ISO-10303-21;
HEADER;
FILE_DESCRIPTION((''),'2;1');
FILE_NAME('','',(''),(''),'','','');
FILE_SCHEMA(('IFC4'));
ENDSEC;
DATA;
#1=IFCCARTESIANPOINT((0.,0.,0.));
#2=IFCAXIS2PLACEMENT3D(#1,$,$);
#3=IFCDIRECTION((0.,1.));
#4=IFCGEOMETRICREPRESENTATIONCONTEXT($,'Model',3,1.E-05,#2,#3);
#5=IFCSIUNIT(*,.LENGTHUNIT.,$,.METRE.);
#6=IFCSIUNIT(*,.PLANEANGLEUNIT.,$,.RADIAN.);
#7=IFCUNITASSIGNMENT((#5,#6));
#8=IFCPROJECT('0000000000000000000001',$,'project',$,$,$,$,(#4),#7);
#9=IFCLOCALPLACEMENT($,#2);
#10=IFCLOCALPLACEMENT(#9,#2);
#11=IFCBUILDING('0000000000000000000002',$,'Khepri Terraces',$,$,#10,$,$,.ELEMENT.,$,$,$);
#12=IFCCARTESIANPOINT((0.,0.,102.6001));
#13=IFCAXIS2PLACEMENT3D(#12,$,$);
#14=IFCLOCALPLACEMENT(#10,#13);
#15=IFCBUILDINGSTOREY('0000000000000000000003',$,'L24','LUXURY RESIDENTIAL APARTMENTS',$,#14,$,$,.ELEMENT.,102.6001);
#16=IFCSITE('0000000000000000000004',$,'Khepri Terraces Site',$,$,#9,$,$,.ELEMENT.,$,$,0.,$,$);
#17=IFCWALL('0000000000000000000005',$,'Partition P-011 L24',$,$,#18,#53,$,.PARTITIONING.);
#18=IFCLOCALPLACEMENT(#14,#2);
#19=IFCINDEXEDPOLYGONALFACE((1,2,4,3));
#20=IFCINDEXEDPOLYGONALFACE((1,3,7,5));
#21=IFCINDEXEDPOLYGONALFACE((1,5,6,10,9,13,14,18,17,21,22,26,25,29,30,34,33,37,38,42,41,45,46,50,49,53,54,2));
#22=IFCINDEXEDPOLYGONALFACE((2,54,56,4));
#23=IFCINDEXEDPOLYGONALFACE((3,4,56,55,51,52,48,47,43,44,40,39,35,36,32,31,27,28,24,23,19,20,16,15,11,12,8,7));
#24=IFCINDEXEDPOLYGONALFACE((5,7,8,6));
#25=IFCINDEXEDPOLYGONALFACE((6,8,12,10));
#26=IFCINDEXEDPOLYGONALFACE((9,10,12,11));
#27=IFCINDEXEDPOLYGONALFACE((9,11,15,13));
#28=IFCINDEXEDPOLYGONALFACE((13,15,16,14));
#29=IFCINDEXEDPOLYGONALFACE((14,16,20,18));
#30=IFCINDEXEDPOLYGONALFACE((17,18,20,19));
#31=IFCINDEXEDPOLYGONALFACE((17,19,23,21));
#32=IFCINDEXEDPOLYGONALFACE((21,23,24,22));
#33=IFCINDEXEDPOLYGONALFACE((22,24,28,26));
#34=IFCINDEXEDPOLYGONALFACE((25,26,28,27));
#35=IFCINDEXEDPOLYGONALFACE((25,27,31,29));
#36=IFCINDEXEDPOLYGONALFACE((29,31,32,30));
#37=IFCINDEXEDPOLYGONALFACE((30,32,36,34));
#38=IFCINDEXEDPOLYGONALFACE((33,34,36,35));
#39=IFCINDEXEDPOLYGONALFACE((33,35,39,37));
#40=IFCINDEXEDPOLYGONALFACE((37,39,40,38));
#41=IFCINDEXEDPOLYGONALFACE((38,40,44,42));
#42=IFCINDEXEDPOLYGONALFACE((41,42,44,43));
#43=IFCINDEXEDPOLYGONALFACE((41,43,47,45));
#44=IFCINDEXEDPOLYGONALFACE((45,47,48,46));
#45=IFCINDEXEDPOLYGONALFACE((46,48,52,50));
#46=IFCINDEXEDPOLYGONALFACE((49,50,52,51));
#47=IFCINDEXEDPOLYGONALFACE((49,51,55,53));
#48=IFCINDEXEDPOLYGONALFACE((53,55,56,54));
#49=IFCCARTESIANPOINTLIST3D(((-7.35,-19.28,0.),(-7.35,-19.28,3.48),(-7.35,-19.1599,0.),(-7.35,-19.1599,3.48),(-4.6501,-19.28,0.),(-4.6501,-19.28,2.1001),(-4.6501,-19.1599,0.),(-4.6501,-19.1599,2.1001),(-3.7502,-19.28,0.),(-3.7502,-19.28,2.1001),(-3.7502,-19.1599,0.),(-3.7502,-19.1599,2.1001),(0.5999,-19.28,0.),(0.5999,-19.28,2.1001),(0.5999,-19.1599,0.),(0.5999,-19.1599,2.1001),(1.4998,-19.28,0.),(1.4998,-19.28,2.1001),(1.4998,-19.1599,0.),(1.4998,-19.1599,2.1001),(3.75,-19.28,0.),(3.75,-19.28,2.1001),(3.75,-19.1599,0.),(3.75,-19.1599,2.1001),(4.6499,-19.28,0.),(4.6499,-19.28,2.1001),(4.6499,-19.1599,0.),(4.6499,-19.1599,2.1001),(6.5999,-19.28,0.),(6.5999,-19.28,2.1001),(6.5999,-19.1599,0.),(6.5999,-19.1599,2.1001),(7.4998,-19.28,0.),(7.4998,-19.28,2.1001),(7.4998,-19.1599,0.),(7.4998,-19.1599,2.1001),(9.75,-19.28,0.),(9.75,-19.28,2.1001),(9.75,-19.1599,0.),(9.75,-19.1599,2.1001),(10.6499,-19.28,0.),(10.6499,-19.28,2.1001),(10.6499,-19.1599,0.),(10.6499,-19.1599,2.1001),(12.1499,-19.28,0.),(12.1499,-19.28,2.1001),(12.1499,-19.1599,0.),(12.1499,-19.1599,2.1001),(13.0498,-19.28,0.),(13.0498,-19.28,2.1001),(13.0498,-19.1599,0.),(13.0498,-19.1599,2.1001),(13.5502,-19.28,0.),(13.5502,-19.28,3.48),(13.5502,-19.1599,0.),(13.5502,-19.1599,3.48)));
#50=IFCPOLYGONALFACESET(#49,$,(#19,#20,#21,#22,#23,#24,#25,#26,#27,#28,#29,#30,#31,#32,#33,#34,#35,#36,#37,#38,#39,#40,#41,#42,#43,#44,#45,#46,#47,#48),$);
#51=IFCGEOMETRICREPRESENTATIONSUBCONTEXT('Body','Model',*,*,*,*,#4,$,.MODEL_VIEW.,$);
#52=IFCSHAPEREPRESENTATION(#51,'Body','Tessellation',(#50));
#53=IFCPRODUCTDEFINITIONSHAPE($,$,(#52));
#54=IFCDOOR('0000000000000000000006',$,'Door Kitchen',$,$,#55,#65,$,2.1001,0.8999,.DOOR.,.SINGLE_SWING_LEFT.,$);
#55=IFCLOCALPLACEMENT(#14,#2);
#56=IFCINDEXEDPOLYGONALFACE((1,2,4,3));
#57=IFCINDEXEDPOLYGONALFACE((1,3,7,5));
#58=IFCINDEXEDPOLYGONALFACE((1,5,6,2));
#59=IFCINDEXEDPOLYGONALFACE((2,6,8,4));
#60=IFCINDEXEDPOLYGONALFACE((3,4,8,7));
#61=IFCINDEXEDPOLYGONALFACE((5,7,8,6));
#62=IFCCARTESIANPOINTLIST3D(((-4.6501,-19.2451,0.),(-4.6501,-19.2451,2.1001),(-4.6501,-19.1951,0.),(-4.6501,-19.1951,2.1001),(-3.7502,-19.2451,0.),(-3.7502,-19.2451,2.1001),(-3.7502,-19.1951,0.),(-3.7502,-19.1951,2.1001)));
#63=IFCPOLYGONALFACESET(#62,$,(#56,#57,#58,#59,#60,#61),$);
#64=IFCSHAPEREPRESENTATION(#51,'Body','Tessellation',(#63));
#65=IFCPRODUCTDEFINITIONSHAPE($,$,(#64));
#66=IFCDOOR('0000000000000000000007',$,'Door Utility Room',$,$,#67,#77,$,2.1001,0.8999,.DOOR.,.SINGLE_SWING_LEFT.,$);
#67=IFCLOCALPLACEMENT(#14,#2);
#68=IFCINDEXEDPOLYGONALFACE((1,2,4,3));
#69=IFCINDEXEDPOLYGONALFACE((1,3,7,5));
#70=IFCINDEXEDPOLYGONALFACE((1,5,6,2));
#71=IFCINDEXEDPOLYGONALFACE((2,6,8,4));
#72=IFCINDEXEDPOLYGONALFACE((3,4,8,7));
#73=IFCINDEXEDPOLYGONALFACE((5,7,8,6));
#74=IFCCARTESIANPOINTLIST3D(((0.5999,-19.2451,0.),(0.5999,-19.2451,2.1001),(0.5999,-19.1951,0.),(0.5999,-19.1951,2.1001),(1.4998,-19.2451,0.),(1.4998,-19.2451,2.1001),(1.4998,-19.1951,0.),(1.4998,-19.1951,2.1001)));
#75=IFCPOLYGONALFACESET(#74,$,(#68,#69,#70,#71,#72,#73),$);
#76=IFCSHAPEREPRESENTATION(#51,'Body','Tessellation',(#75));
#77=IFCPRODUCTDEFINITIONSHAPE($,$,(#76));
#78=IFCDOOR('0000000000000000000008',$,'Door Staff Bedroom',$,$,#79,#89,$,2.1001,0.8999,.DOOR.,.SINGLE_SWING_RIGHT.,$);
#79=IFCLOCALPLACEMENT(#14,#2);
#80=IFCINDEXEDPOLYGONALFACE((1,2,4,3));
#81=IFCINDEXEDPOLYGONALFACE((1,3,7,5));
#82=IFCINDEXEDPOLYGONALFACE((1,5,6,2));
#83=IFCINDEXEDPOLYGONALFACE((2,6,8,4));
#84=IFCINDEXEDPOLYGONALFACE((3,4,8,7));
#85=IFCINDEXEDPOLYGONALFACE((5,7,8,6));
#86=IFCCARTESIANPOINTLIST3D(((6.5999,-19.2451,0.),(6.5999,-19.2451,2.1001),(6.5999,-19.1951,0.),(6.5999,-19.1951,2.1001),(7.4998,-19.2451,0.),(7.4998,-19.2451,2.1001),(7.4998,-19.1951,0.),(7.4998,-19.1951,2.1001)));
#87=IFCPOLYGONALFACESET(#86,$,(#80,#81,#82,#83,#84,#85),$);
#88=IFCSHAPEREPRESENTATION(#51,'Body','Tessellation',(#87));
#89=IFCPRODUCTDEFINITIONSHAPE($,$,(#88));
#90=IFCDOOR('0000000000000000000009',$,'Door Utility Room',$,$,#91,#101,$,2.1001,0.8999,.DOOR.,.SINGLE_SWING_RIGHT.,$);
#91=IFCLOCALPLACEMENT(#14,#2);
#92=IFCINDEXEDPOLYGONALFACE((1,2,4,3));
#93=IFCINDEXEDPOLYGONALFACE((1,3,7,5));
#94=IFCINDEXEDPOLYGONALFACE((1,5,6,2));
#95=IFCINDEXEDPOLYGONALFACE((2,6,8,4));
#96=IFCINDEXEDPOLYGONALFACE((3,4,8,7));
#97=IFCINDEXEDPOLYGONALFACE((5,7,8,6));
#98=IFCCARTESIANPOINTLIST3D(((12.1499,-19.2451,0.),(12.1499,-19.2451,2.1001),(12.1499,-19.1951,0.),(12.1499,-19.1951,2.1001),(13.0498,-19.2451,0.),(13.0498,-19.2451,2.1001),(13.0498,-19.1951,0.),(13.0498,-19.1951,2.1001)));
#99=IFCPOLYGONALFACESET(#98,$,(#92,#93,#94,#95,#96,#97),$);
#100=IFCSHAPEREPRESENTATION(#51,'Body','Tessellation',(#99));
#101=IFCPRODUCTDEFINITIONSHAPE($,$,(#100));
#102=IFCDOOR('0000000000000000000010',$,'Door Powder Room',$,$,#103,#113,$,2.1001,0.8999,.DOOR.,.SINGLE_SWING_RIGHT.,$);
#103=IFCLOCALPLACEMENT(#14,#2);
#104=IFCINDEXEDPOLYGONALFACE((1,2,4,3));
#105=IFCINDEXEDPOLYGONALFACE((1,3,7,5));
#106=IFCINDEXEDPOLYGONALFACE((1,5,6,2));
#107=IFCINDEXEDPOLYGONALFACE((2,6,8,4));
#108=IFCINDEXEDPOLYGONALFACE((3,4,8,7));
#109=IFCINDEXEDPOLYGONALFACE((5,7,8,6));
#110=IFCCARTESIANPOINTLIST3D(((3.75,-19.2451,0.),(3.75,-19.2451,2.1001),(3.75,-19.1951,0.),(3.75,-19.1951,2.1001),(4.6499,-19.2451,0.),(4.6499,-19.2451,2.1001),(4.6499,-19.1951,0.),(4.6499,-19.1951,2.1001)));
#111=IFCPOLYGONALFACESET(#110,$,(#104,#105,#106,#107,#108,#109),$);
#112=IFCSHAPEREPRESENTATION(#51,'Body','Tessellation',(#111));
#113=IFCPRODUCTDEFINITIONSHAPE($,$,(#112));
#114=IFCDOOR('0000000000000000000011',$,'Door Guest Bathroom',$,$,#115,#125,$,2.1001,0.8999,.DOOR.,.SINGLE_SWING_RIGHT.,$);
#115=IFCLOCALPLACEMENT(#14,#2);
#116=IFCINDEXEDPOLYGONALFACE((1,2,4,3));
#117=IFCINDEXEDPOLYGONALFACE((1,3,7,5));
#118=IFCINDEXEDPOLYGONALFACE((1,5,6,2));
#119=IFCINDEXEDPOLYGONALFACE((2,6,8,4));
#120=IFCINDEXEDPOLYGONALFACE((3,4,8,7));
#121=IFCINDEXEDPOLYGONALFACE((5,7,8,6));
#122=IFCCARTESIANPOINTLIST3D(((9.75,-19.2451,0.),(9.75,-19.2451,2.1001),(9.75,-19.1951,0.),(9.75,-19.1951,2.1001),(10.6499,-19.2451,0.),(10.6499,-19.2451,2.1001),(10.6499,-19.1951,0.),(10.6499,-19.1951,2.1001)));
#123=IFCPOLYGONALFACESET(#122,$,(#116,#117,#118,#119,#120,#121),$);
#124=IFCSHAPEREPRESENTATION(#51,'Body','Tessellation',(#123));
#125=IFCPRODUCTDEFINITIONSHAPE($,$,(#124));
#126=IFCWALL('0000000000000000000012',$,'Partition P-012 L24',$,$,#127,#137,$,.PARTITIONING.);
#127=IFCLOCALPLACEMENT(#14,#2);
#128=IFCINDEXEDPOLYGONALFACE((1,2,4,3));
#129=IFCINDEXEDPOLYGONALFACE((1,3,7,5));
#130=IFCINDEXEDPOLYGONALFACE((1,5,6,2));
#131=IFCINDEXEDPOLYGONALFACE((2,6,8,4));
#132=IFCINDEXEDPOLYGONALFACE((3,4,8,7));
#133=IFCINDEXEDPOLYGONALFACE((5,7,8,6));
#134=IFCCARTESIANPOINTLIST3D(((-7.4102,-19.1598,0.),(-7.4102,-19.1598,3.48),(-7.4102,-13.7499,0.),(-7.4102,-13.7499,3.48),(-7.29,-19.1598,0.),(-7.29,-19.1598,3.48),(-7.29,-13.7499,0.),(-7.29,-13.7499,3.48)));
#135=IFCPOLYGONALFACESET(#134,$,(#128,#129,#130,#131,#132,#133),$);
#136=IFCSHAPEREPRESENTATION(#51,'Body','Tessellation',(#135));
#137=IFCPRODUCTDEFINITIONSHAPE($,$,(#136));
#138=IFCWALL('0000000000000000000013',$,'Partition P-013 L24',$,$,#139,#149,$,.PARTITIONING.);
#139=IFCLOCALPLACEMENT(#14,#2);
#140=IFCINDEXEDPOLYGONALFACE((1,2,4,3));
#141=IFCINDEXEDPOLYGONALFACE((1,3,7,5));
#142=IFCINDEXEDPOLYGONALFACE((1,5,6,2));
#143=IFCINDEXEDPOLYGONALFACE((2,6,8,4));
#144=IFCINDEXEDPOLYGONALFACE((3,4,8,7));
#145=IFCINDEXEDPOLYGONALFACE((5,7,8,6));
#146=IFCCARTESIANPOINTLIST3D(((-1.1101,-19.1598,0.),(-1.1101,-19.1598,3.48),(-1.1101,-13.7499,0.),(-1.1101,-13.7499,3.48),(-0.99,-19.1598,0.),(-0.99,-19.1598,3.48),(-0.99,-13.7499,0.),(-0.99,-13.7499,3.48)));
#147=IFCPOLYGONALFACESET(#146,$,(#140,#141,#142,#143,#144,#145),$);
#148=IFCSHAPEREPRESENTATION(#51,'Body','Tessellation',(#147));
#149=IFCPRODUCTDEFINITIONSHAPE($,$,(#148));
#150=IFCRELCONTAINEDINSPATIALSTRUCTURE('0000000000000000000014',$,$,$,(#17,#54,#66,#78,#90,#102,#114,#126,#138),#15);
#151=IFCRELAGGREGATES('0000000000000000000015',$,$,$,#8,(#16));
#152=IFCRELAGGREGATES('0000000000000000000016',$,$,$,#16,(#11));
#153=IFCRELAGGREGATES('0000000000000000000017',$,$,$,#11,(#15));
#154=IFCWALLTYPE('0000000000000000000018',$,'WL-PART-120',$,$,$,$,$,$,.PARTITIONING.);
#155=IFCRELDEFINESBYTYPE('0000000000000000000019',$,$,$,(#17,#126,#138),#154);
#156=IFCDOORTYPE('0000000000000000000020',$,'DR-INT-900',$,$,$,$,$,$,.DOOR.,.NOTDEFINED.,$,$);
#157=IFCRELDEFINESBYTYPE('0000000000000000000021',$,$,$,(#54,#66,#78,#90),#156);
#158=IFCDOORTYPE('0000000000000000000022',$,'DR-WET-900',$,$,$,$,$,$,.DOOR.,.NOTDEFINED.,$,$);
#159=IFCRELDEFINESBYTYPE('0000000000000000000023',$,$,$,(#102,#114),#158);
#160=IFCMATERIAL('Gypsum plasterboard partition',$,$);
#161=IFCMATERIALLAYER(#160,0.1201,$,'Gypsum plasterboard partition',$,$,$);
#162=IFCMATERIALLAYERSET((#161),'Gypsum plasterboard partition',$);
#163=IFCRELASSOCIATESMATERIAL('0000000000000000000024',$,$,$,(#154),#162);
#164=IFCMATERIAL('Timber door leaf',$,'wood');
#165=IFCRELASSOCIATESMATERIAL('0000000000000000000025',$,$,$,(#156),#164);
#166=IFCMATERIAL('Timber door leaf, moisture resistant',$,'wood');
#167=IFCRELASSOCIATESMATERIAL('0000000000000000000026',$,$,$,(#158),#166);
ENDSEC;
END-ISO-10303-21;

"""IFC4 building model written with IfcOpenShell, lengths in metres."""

from ifc_helpers import new_model, si_unit, direction, frame, frame_2d, origin, place, context, subcontext, project, spatial, rectangle, extrude, material, layer, layer_set, type_object, element, fill, save


model = new_model("IFC4")

# Units and contexts
model_context = context("Model", 3, precision=1e-05, world=origin(), true_north=direction((0.0, 1.0)))
body_context = subcontext(model_context, "Body", "Model", "MODEL_VIEW")
ifc_project = project(units=[si_unit("LENGTHUNIT", "METRE"), si_unit("PLANEANGLEUNIT", "RADIAN")], contexts=[model_context])

# Site, building, storey
site_placement = place(None, origin())
site = spatial("IfcSite", under=ifc_project, at=site_placement, Name="Khepri Terraces Site", CompositionType="ELEMENT", RefElevation=0.0)
building_placement = place(site_placement, origin())
building = spatial("IfcBuilding", under=site, at=building_placement, Name="Khepri Terraces", CompositionType="ELEMENT")
storey_placement = place(building_placement, frame((0.0, 0.0, 102.6001)))
storey = spatial("IfcBuildingStorey", under=building, at=storey_placement, Name="L24", Description="LUXURY RESIDENTIAL APARTMENTS", CompositionType="ELEMENT", Elevation=102.6001)

# Shared definitions
ifc_material_1 = material(Name="Gypsum plasterboard partition")
ifc_layer_1 = layer(ifc_material_1, 0.1201, Name="Gypsum plasterboard partition")
ifc_layer_set_1 = layer_set([ifc_layer_1], Name="Gypsum plasterboard partition")
wall_type_1 = type_object("IfcWallType", Name="WL-PART-120", PredefinedType="PARTITIONING", material=ifc_layer_set_1)

# Wall, openings, doors
wall_1_placement = place(storey_placement, frame((-7.3501, -19.22, 0.0), z_axis=(0.0, 0.0, 1.0), x_axis=(1.0, 0.0, 0.0)))
wall_1 = element("IfcWall", 1, at=wall_1_placement, inside=storey, type_object=wall_type_1, Name="Partition P-011 L24", PredefinedType="PARTITIONING", context=body_context, shape_type="SweptSolid", body=[
    extrude(rectangle(XDim=20.9001, YDim=0.1201, at=frame_2d((10.4502, 0.0))), origin(), (0.0, 0.0, 1.0), 3.48),
])
opening_1_placement = place(wall_1_placement, frame((2.7, 0.0, 0.0)))
opening_1 = element("IfcOpeningElement", 2, at=opening_1_placement, cuts=wall_1, PredefinedType="OPENING", context=body_context, shape_type="SweptSolid", body=[
    extrude(rectangle(XDim=0.8999, YDim=2.1001, at=frame_2d((0.45, 1.05))), frame((0.0, 0.0701, 0.0), z_axis=(0.0, -1.0, 0.0), x_axis=(1.0, 0.0, 0.0)), (0.0, 0.0, 1.0), 0.1401),
])
opening_2_placement = place(wall_1_placement, frame((7.95, 0.0, 0.0)))
opening_2 = element("IfcOpeningElement", 3, at=opening_2_placement, cuts=wall_1, PredefinedType="OPENING", context=body_context, shape_type="SweptSolid", body=[
    extrude(rectangle(XDim=0.8999, YDim=2.1001, at=frame_2d((0.45, 1.05))), frame((0.0, 0.0701, 0.0), z_axis=(0.0, -1.0, 0.0), x_axis=(1.0, 0.0, 0.0)), (0.0, 0.0, 1.0), 0.1401),
])
opening_3_placement = place(wall_1_placement, frame((11.1001, 0.0, 0.0)))
opening_3 = element("IfcOpeningElement", 4, at=opening_3_placement, cuts=wall_1, PredefinedType="OPENING", context=body_context, shape_type="SweptSolid", body=[
    extrude(rectangle(XDim=0.8999, YDim=2.1001, at=frame_2d((0.45, 1.05))), frame((0.0, 0.0701, 0.0), z_axis=(0.0, -1.0, 0.0), x_axis=(1.0, 0.0, 0.0)), (0.0, 0.0, 1.0), 0.1401),
])
opening_4_placement = place(wall_1_placement, frame((13.95, 0.0, 0.0)))
opening_4 = element("IfcOpeningElement", 5, at=opening_4_placement, cuts=wall_1, PredefinedType="OPENING", context=body_context, shape_type="SweptSolid", body=[
    extrude(rectangle(XDim=0.8999, YDim=2.1001, at=frame_2d((0.45, 1.05))), frame((0.0, 0.0701, 0.0), z_axis=(0.0, -1.0, 0.0), x_axis=(1.0, 0.0, 0.0)), (0.0, 0.0, 1.0), 0.1401),
])
opening_5_placement = place(wall_1_placement, frame((17.1001, 0.0, 0.0)))
opening_5 = element("IfcOpeningElement", 6, at=opening_5_placement, cuts=wall_1, PredefinedType="OPENING", context=body_context, shape_type="SweptSolid", body=[
    extrude(rectangle(XDim=0.8999, YDim=2.1001, at=frame_2d((0.45, 1.05))), frame((0.0, 0.0701, 0.0), z_axis=(0.0, -1.0, 0.0), x_axis=(1.0, 0.0, 0.0)), (0.0, 0.0, 1.0), 0.1401),
])
opening_6_placement = place(wall_1_placement, frame((19.5, 0.0, 0.0)))
opening_6 = element("IfcOpeningElement", 7, at=opening_6_placement, cuts=wall_1, PredefinedType="OPENING", context=body_context, shape_type="SweptSolid", body=[
    extrude(rectangle(XDim=0.8999, YDim=2.1001, at=frame_2d((0.45, 1.05))), frame((0.0, 0.0701, 0.0), z_axis=(0.0, -1.0, 0.0), x_axis=(1.0, 0.0, 0.0)), (0.0, 0.0, 1.0), 0.1401),
])
ifc_material_2 = material(Name="Timber door leaf", Category="wood")
door_type_1 = type_object("IfcDoorType", Name="DR-INT-900", OperationType="NOTDEFINED", PredefinedType="DOOR", material=ifc_material_2)
door_1_placement = place(opening_1_placement, origin())
door_1 = element("IfcDoor", 8, at=door_1_placement, inside=storey, type_object=door_type_1, Name="Door Kitchen", OperationType="SINGLE_SWING_LEFT", OverallHeight=2.1001, OverallWidth=0.8999, PredefinedType="DOOR", context=body_context, shape_type="SweptSolid", body=[
    extrude(rectangle(XDim=0.8999, YDim=2.1001, at=frame_2d((0.45, 1.05))), frame((0.0, 0.0249, 0.0), z_axis=(0.0, -1.0, 0.0), x_axis=(1.0, 0.0, 0.0)), (0.0, 0.0, 1.0), 0.05),
])
fill(opening_1, door_1)
door_2_placement = place(opening_2_placement, origin())
door_2 = element("IfcDoor", 9, at=door_2_placement, inside=storey, type_object=door_type_1, Name="Door Utility Room", OperationType="SINGLE_SWING_LEFT", OverallHeight=2.1001, OverallWidth=0.8999, PredefinedType="DOOR", context=body_context, shape_type="SweptSolid", body=[
    extrude(rectangle(XDim=0.8999, YDim=2.1001, at=frame_2d((0.45, 1.05))), frame((0.0, 0.0249, 0.0), z_axis=(0.0, -1.0, 0.0), x_axis=(1.0, 0.0, 0.0)), (0.0, 0.0, 1.0), 0.05),
])
fill(opening_2, door_2)
door_3_placement = place(opening_4_placement, origin())
door_3 = element("IfcDoor", 10, at=door_3_placement, inside=storey, type_object=door_type_1, Name="Door Staff Bedroom", OperationType="SINGLE_SWING_RIGHT", OverallHeight=2.1001, OverallWidth=0.8999, PredefinedType="DOOR", context=body_context, shape_type="SweptSolid", body=[
    extrude(rectangle(XDim=0.8999, YDim=2.1001, at=frame_2d((0.45, 1.05))), frame((0.0, 0.0249, 0.0), z_axis=(0.0, -1.0, 0.0), x_axis=(1.0, 0.0, 0.0)), (0.0, 0.0, 1.0), 0.05),
])
fill(opening_4, door_3)
door_4_placement = place(opening_6_placement, origin())
door_4 = element("IfcDoor", 11, at=door_4_placement, inside=storey, type_object=door_type_1, Name="Door Utility Room", OperationType="SINGLE_SWING_RIGHT", OverallHeight=2.1001, OverallWidth=0.8999, PredefinedType="DOOR", context=body_context, shape_type="SweptSolid", body=[
    extrude(rectangle(XDim=0.8999, YDim=2.1001, at=frame_2d((0.45, 1.05))), frame((0.0, 0.0249, 0.0), z_axis=(0.0, -1.0, 0.0), x_axis=(1.0, 0.0, 0.0)), (0.0, 0.0, 1.0), 0.05),
])
fill(opening_6, door_4)
ifc_material_3 = material(Name="Timber door leaf, moisture resistant", Category="wood")
door_type_2 = type_object("IfcDoorType", Name="DR-WET-900", OperationType="NOTDEFINED", PredefinedType="DOOR", material=ifc_material_3)
door_5_placement = place(opening_3_placement, origin())
door_5 = element("IfcDoor", 12, at=door_5_placement, inside=storey, type_object=door_type_2, Name="Door Powder Room", OperationType="SINGLE_SWING_RIGHT", OverallHeight=2.1001, OverallWidth=0.8999, PredefinedType="DOOR", context=body_context, shape_type="SweptSolid", body=[
    extrude(rectangle(XDim=0.8999, YDim=2.1001, at=frame_2d((0.45, 1.05))), frame((0.0, 0.0249, 0.0), z_axis=(0.0, -1.0, 0.0), x_axis=(1.0, 0.0, 0.0)), (0.0, 0.0, 1.0), 0.05),
])
fill(opening_3, door_5)
door_6_placement = place(opening_5_placement, origin())
door_6 = element("IfcDoor", 13, at=door_6_placement, inside=storey, type_object=door_type_2, Name="Door Guest Bathroom", OperationType="SINGLE_SWING_RIGHT", OverallHeight=2.1001, OverallWidth=0.8999, PredefinedType="DOOR", context=body_context, shape_type="SweptSolid", body=[
    extrude(rectangle(XDim=0.8999, YDim=2.1001, at=frame_2d((0.45, 1.05))), frame((0.0, 0.0249, 0.0), z_axis=(0.0, -1.0, 0.0), x_axis=(1.0, 0.0, 0.0)), (0.0, 0.0, 1.0), 0.05),
])
fill(opening_5, door_6)

# Walls
for number, where, z_axis, x_axis, name in (
    (14, (-7.3501, -19.1599, 0.0), (0.0, 0.0, 1.0), (0.0, 1.0, 0.0), "Partition P-012 L24"),
    (15, (-1.05, -19.1599, 0.0), (0.0, 0.0, 1.0), (0.0, 1.0, 0.0), "Partition P-013 L24"),
):
    element("IfcWall", number, at=place(storey_placement, frame(where, z_axis=z_axis, x_axis=x_axis)), inside=storey, type_object=wall_type_1, Name=name, PredefinedType="PARTITIONING", context=body_context, shape_type="SweptSolid", body=[
        extrude(rectangle(XDim=5.4099, YDim=0.1201, at=frame_2d((2.7051, 0.0))), origin(), (0.0, 0.0, 1.0), 3.48),
    ])

save(model, "model.ifc")
